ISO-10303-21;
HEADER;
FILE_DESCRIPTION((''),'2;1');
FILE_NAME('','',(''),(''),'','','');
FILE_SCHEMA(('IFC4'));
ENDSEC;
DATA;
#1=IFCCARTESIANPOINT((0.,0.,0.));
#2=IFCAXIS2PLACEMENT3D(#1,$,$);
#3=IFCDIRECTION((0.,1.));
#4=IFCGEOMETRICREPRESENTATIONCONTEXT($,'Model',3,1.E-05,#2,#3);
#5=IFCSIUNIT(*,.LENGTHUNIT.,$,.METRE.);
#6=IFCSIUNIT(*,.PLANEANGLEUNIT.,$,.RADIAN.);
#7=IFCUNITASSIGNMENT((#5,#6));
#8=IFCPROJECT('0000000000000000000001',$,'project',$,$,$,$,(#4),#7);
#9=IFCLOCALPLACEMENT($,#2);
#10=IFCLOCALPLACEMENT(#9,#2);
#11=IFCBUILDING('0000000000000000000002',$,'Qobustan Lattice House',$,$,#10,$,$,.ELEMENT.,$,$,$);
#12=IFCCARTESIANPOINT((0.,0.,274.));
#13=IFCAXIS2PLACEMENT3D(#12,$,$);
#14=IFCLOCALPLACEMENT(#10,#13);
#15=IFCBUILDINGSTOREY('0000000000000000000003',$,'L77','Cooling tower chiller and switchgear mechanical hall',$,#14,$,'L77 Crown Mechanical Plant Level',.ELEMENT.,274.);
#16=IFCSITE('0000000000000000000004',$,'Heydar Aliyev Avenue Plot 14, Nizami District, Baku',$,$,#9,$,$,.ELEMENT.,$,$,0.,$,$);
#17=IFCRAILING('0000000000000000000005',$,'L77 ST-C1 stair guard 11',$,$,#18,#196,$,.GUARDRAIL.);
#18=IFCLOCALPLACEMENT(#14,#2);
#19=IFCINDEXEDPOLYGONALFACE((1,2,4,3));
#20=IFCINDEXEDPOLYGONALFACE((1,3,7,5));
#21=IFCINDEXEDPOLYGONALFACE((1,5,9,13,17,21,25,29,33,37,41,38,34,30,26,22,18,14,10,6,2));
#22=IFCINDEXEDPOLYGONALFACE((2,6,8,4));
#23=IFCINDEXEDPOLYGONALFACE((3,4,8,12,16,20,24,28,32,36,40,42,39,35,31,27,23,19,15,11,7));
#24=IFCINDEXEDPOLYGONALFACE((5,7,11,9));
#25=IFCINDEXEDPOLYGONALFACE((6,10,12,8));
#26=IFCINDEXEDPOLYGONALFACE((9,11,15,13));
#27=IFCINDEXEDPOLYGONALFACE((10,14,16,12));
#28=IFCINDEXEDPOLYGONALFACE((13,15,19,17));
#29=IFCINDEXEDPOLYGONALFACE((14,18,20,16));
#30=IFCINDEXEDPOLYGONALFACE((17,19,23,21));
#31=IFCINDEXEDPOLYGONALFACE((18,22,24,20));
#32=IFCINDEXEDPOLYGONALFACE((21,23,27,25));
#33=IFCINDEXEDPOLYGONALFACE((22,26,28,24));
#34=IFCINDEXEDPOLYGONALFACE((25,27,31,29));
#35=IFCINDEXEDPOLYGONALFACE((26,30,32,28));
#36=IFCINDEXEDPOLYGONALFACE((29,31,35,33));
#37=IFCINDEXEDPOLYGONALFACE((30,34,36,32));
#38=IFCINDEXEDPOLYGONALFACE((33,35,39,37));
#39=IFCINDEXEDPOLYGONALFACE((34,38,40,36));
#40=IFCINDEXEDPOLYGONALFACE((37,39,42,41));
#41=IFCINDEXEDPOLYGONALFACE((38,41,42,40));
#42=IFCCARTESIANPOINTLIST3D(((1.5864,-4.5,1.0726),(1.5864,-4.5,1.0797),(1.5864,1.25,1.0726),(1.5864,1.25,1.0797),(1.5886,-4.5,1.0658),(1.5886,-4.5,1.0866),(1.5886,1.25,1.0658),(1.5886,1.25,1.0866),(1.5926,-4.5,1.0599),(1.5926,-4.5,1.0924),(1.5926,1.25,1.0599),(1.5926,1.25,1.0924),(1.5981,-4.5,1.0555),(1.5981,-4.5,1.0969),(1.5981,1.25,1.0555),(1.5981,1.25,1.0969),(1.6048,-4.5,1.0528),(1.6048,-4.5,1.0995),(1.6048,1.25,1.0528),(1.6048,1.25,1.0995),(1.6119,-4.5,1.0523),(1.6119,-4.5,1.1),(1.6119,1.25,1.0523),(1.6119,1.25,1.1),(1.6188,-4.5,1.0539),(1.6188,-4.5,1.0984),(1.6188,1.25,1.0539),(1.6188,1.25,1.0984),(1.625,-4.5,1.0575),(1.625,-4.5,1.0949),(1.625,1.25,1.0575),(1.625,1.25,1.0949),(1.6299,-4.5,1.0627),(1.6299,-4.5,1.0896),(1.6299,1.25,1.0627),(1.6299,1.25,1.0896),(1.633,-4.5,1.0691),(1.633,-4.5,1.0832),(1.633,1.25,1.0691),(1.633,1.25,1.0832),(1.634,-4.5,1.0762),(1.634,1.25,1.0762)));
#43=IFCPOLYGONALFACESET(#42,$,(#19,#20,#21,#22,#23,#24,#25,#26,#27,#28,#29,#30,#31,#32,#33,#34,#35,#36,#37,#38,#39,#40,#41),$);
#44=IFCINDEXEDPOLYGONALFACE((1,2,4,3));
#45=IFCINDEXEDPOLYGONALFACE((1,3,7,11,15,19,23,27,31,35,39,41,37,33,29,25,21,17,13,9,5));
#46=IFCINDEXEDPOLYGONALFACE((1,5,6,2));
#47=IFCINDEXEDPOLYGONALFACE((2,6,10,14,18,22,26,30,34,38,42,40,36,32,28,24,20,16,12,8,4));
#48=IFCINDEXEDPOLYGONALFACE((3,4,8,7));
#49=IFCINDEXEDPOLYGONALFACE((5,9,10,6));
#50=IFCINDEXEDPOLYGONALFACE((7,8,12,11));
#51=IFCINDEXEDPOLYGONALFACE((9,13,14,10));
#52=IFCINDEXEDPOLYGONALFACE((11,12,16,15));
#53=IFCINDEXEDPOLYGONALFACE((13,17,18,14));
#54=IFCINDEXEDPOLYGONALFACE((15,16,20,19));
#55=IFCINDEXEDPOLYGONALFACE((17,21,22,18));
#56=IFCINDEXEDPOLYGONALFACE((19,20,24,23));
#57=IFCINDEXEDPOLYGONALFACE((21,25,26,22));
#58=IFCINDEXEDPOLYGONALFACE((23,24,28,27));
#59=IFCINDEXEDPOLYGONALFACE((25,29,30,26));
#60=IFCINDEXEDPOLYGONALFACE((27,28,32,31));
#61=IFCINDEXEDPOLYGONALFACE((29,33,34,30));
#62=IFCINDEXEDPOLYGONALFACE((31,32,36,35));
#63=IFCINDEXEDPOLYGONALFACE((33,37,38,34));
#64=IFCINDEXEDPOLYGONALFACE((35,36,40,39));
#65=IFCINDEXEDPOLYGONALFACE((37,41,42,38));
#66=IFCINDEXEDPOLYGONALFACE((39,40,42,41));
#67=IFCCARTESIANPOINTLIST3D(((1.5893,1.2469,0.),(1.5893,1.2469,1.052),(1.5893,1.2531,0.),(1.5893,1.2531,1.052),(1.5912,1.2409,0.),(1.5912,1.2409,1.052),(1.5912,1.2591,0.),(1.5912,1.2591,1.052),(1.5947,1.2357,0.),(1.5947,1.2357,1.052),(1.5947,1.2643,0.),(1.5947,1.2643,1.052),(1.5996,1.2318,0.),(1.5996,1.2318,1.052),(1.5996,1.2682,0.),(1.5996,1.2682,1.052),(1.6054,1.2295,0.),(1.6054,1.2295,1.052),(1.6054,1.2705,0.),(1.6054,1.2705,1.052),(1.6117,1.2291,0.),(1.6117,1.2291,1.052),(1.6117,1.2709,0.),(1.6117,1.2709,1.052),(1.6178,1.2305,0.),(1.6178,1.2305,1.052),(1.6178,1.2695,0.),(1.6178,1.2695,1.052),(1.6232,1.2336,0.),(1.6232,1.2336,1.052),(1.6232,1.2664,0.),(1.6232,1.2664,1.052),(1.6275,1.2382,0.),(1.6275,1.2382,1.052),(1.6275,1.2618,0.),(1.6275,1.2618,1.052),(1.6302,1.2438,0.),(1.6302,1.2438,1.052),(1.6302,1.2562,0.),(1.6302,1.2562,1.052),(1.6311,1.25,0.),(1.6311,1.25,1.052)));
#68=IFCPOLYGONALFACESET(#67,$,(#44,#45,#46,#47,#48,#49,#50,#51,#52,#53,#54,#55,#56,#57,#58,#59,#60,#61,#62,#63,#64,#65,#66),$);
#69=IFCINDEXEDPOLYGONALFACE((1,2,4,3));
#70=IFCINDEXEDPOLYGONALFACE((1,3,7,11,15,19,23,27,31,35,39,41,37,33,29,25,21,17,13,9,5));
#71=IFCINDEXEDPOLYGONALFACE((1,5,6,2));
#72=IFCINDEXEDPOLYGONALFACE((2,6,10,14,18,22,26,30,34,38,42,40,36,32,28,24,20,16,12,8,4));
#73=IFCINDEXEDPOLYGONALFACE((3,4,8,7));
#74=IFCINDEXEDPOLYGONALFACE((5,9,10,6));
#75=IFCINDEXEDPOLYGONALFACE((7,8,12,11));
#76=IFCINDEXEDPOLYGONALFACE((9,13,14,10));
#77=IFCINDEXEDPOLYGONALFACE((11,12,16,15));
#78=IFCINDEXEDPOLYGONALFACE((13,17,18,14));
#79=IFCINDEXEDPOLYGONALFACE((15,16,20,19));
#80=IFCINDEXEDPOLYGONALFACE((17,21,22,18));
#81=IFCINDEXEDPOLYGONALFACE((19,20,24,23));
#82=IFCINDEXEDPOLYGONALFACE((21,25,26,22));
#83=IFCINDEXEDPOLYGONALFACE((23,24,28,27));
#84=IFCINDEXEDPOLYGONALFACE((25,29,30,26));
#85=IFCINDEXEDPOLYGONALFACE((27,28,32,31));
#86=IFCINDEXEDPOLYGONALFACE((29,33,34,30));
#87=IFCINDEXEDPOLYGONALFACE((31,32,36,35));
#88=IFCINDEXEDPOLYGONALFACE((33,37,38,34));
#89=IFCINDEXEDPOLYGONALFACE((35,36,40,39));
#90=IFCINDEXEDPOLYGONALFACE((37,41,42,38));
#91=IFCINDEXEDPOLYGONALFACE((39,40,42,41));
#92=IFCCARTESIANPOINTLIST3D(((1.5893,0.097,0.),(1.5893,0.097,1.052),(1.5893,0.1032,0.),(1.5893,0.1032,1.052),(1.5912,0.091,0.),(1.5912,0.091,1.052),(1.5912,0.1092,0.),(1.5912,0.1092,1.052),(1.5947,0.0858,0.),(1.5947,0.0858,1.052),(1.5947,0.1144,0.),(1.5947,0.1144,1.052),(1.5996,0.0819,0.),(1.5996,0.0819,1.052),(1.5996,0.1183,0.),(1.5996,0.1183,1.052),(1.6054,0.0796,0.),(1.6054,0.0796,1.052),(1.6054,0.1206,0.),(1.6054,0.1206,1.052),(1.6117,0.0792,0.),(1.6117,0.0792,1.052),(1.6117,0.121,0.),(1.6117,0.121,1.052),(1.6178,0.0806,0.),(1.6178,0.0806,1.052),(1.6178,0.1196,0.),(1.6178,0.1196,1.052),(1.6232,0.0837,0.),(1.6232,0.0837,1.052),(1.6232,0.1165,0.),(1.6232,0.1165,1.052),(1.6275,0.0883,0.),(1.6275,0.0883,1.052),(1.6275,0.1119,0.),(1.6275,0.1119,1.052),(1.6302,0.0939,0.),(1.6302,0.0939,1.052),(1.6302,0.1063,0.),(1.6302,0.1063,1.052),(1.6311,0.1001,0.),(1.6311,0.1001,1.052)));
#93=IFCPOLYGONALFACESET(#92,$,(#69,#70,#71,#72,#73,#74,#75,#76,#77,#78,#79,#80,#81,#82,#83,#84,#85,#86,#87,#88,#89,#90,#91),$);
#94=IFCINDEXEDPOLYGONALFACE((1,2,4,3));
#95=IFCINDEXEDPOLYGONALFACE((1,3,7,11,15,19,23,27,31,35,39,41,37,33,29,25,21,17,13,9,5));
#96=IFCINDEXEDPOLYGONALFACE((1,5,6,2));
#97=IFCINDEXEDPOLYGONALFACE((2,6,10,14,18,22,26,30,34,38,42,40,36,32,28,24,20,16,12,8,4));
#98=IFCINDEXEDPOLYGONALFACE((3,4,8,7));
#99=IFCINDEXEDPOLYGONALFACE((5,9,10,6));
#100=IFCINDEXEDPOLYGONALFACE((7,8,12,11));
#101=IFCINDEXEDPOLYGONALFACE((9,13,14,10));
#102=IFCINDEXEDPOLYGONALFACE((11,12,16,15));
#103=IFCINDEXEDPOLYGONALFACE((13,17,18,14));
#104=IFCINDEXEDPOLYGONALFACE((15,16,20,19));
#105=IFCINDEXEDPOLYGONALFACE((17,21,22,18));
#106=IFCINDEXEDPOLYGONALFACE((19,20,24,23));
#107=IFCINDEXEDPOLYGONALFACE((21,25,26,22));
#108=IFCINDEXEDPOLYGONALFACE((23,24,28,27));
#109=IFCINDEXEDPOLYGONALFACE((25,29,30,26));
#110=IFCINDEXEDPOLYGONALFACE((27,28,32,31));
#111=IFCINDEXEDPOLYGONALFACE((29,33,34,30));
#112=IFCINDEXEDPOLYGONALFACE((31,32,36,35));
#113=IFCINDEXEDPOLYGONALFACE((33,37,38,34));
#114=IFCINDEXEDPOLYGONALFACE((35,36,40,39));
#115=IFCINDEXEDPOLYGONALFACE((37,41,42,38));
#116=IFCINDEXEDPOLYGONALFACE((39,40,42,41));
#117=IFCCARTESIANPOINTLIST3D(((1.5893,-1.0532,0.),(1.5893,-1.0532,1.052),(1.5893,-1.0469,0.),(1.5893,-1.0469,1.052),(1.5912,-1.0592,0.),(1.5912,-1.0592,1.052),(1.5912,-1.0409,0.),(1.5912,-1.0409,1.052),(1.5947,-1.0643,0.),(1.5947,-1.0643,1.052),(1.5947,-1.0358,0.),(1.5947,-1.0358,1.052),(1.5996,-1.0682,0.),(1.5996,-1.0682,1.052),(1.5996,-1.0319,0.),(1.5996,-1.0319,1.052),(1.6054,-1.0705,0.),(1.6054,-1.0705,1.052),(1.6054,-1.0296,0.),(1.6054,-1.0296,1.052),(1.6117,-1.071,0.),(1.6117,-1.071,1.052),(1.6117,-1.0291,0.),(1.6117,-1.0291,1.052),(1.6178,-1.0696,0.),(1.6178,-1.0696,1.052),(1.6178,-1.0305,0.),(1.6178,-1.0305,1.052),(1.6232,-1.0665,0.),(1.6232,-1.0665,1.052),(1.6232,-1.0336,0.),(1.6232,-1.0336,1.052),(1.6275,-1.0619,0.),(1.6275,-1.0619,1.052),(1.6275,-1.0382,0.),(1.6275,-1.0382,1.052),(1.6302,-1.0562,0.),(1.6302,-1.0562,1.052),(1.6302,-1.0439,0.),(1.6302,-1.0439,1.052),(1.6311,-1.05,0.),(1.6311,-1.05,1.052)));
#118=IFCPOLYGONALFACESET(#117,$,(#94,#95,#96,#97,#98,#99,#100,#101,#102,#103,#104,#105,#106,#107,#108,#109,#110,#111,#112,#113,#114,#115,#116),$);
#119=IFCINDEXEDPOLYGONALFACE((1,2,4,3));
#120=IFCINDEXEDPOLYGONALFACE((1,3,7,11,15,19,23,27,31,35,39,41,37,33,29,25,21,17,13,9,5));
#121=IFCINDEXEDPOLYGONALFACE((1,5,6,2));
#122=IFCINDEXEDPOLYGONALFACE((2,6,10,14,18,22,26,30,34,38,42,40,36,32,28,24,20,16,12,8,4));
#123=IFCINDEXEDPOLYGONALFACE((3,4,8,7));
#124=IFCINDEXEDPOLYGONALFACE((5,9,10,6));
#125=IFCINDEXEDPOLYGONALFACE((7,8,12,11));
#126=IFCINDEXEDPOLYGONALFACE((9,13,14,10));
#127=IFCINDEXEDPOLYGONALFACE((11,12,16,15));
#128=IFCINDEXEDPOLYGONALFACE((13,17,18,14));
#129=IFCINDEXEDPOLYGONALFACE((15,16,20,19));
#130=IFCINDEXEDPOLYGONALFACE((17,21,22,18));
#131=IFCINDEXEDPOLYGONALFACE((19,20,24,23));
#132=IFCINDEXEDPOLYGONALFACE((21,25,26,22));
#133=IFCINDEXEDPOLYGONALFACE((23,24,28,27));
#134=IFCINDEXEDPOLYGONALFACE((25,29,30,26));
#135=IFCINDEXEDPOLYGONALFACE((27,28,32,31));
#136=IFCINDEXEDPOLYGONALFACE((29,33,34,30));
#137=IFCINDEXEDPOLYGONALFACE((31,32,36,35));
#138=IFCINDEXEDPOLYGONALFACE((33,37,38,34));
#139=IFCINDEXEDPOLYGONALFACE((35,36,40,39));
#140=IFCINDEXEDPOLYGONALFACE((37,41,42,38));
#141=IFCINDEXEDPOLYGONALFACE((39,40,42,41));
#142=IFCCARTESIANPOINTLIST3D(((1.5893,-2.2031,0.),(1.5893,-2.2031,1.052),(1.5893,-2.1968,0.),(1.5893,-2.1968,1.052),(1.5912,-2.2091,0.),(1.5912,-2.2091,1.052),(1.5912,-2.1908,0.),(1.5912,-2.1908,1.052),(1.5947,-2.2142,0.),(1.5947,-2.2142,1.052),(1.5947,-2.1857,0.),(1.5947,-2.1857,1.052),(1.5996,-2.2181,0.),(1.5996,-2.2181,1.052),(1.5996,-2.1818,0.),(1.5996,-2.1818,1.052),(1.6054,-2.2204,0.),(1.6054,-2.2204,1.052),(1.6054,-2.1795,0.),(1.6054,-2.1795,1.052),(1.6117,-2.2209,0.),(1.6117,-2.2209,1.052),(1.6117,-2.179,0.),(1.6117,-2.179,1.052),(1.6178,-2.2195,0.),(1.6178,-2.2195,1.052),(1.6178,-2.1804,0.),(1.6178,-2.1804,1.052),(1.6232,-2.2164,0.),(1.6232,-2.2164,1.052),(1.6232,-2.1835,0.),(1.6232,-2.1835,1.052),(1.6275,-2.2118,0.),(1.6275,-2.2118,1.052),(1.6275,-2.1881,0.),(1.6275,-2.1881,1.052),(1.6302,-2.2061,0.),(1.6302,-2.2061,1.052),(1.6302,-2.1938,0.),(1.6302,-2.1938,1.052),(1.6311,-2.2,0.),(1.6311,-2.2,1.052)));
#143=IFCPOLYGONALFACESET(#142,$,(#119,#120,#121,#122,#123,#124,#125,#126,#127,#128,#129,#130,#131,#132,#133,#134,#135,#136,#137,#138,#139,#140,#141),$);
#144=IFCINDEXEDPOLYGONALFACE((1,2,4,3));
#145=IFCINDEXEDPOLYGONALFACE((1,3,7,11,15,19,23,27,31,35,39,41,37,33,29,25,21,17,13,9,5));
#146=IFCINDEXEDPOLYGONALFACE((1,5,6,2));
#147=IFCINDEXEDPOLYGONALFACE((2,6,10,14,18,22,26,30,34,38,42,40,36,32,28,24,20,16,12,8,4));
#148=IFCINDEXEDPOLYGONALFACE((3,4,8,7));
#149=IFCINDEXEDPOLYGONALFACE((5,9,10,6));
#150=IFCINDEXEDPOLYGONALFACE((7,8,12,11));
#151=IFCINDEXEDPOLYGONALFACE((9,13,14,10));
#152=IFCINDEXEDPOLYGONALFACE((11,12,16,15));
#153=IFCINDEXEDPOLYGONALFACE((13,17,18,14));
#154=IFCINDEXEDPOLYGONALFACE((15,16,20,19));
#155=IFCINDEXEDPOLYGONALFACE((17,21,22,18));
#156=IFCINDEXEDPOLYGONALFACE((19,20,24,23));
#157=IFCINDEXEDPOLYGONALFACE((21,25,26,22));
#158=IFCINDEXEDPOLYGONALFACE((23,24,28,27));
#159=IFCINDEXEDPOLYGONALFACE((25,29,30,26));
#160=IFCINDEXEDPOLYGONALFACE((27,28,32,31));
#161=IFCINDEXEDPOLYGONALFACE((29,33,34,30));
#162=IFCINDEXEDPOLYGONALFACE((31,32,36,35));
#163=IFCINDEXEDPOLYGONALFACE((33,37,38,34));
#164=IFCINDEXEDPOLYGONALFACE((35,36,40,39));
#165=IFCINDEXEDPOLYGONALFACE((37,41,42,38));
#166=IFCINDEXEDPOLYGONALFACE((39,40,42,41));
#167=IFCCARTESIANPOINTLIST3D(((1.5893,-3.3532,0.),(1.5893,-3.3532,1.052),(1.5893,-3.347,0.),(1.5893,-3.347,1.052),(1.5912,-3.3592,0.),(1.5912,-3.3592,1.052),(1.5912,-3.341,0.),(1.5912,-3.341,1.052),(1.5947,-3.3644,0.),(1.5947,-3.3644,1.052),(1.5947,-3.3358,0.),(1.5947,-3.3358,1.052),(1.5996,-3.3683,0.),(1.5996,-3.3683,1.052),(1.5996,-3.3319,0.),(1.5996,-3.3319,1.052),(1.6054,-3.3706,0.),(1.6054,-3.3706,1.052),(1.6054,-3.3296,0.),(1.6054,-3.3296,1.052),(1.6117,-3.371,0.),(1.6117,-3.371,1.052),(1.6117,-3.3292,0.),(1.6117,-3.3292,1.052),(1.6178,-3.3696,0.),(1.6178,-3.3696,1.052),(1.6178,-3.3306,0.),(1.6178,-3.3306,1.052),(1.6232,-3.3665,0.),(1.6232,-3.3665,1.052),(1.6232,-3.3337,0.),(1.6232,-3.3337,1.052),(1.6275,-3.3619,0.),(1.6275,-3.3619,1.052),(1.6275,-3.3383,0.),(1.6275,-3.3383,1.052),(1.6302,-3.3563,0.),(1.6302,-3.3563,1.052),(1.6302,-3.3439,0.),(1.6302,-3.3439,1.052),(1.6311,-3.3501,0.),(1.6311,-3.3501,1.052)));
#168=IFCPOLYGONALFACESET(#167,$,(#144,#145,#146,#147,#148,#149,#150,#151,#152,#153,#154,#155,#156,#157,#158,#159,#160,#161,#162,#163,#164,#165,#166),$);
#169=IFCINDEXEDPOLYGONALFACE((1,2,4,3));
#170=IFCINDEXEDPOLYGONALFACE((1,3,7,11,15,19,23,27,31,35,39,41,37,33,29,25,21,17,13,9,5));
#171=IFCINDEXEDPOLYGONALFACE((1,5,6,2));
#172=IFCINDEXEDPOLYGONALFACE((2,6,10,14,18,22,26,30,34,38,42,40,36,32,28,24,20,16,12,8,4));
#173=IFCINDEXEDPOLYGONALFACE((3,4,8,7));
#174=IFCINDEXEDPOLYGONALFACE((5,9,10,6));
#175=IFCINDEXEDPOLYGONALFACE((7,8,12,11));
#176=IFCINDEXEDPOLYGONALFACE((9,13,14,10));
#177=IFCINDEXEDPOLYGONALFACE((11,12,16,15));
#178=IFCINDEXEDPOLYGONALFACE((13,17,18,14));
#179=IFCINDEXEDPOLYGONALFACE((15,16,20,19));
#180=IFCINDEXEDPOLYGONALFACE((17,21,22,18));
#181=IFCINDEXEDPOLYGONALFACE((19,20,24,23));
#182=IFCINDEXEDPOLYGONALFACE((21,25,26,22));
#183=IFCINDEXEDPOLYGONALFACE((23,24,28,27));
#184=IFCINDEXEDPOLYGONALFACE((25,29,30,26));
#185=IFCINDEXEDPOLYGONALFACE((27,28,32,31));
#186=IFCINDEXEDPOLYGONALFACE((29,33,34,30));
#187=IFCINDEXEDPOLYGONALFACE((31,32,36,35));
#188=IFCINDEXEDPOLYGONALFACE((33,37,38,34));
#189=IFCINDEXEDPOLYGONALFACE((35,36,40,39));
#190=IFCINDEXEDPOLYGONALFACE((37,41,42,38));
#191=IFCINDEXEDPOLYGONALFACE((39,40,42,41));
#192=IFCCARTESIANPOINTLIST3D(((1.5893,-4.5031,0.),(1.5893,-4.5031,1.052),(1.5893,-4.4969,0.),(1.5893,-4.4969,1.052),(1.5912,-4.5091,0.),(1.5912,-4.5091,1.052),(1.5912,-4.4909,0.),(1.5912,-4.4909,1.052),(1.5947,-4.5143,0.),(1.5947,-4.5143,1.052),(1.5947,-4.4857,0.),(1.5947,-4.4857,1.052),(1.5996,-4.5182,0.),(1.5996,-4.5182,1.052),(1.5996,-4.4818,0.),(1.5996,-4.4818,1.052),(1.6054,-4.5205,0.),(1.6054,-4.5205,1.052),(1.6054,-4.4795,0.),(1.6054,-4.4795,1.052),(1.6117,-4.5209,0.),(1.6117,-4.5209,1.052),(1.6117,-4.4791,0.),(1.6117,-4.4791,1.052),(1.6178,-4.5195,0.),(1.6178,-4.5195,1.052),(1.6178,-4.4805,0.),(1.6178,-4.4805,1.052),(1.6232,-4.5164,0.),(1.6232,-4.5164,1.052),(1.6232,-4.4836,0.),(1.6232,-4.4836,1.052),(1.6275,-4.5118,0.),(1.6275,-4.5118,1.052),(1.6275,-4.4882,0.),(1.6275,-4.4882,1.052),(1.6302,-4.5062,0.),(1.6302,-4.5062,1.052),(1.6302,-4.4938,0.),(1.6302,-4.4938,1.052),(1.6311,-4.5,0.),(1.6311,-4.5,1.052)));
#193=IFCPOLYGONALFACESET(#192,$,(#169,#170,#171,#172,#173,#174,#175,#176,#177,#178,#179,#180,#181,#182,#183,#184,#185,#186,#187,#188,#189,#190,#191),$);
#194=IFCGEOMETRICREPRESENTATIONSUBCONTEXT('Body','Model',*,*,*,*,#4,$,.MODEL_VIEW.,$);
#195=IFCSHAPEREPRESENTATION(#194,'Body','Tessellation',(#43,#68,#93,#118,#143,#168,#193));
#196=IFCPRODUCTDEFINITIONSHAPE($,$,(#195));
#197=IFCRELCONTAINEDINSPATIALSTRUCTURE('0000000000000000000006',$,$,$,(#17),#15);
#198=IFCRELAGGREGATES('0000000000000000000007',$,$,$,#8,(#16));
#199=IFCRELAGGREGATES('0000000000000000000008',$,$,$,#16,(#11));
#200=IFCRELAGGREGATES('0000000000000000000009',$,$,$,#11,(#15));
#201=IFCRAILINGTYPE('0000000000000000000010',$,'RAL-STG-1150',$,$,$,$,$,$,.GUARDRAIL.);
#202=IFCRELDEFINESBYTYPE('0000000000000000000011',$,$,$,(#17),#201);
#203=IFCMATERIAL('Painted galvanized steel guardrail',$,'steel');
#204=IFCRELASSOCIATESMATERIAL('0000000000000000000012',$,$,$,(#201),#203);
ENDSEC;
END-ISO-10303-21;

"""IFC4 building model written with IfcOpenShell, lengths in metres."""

from ifc_helpers import new_model, si_unit, direction, frame, origin, origin_2d, place, context, subcontext, project, spatial, circle, extrude, material, type_object, element, save


model = new_model("IFC4")

# Units and contexts
model_context = context("Model", 3, precision=1e-05, world=origin(), true_north=direction((0.0, 1.0)))
body_context = subcontext(model_context, "Body", "Model", "MODEL_VIEW")
ifc_project = project(units=[si_unit("LENGTHUNIT", "METRE"), si_unit("PLANEANGLEUNIT", "RADIAN")], contexts=[model_context])

# Site, building, storey
site_placement = place(None, origin())
site = spatial("IfcSite", under=ifc_project, at=site_placement, Name="Heydar Aliyev Avenue Plot 14, Nizami District, Baku", CompositionType="ELEMENT", RefElevation=0.0)
building_placement = place(site_placement, origin())
building = spatial("IfcBuilding", under=site, at=building_placement, Name="Qobustan Lattice House", CompositionType="ELEMENT")
storey_placement = place(building_placement, frame((0.0, 0.0, 274.0)))
storey = spatial("IfcBuildingStorey", under=building, at=storey_placement, Name="L77", Description="Cooling tower chiller and switchgear mechanical hall", LongName="L77 Crown Mechanical Plant Level", CompositionType="ELEMENT", Elevation=274.0)

# Railing
ifc_material_1 = material(Name="Painted galvanized steel guardrail", Category="steel")
railing_type = type_object("IfcRailingType", Name="RAL-STG-1150", PredefinedType="GUARDRAIL", material=ifc_material_1)
railing_1_placement = place(storey_placement, frame((1.6101, 1.25, 0.0)))
element("IfcRailing", 1, at=railing_1_placement, inside=storey, type_object=railing_type, Name="L77 ST-C1 stair guard 11", PredefinedType="GUARDRAIL", context=body_context, shape_type="SweptSolid", body=[
    extrude(circle(Radius=0.0239, at=origin_2d()), frame((0.0, 0.0, 1.0762), z_axis=(0.0, -1.0, 0.0), x_axis=(1.0, 0.0, 0.0)), (0.0, 0.0, 1.0), 5.75),
    extrude(circle(Radius=0.021, at=origin_2d()), origin(), (0.0, 0.0, 1.0), 1.052),
    extrude(circle(Radius=0.021, at=origin_2d()), frame((0.0, -1.1499, 0.0)), (0.0, 0.0, 1.0), 1.052),
    extrude(circle(Radius=0.021, at=origin_2d()), frame((0.0, -2.3, 0.0)), (0.0, 0.0, 1.0), 1.052),
    extrude(circle(Radius=0.021, at=origin_2d()), frame((0.0, -3.45, 0.0)), (0.0, 0.0, 1.0), 1.052),
    extrude(circle(Radius=0.021, at=origin_2d()), frame((0.0, -4.6001, 0.0)), (0.0, 0.0, 1.0), 1.052),
    extrude(circle(Radius=0.021, at=origin_2d()), frame((0.0, -5.75, 0.0)), (0.0, 0.0, 1.0), 1.052),
])

save(model, "model.ifc")
